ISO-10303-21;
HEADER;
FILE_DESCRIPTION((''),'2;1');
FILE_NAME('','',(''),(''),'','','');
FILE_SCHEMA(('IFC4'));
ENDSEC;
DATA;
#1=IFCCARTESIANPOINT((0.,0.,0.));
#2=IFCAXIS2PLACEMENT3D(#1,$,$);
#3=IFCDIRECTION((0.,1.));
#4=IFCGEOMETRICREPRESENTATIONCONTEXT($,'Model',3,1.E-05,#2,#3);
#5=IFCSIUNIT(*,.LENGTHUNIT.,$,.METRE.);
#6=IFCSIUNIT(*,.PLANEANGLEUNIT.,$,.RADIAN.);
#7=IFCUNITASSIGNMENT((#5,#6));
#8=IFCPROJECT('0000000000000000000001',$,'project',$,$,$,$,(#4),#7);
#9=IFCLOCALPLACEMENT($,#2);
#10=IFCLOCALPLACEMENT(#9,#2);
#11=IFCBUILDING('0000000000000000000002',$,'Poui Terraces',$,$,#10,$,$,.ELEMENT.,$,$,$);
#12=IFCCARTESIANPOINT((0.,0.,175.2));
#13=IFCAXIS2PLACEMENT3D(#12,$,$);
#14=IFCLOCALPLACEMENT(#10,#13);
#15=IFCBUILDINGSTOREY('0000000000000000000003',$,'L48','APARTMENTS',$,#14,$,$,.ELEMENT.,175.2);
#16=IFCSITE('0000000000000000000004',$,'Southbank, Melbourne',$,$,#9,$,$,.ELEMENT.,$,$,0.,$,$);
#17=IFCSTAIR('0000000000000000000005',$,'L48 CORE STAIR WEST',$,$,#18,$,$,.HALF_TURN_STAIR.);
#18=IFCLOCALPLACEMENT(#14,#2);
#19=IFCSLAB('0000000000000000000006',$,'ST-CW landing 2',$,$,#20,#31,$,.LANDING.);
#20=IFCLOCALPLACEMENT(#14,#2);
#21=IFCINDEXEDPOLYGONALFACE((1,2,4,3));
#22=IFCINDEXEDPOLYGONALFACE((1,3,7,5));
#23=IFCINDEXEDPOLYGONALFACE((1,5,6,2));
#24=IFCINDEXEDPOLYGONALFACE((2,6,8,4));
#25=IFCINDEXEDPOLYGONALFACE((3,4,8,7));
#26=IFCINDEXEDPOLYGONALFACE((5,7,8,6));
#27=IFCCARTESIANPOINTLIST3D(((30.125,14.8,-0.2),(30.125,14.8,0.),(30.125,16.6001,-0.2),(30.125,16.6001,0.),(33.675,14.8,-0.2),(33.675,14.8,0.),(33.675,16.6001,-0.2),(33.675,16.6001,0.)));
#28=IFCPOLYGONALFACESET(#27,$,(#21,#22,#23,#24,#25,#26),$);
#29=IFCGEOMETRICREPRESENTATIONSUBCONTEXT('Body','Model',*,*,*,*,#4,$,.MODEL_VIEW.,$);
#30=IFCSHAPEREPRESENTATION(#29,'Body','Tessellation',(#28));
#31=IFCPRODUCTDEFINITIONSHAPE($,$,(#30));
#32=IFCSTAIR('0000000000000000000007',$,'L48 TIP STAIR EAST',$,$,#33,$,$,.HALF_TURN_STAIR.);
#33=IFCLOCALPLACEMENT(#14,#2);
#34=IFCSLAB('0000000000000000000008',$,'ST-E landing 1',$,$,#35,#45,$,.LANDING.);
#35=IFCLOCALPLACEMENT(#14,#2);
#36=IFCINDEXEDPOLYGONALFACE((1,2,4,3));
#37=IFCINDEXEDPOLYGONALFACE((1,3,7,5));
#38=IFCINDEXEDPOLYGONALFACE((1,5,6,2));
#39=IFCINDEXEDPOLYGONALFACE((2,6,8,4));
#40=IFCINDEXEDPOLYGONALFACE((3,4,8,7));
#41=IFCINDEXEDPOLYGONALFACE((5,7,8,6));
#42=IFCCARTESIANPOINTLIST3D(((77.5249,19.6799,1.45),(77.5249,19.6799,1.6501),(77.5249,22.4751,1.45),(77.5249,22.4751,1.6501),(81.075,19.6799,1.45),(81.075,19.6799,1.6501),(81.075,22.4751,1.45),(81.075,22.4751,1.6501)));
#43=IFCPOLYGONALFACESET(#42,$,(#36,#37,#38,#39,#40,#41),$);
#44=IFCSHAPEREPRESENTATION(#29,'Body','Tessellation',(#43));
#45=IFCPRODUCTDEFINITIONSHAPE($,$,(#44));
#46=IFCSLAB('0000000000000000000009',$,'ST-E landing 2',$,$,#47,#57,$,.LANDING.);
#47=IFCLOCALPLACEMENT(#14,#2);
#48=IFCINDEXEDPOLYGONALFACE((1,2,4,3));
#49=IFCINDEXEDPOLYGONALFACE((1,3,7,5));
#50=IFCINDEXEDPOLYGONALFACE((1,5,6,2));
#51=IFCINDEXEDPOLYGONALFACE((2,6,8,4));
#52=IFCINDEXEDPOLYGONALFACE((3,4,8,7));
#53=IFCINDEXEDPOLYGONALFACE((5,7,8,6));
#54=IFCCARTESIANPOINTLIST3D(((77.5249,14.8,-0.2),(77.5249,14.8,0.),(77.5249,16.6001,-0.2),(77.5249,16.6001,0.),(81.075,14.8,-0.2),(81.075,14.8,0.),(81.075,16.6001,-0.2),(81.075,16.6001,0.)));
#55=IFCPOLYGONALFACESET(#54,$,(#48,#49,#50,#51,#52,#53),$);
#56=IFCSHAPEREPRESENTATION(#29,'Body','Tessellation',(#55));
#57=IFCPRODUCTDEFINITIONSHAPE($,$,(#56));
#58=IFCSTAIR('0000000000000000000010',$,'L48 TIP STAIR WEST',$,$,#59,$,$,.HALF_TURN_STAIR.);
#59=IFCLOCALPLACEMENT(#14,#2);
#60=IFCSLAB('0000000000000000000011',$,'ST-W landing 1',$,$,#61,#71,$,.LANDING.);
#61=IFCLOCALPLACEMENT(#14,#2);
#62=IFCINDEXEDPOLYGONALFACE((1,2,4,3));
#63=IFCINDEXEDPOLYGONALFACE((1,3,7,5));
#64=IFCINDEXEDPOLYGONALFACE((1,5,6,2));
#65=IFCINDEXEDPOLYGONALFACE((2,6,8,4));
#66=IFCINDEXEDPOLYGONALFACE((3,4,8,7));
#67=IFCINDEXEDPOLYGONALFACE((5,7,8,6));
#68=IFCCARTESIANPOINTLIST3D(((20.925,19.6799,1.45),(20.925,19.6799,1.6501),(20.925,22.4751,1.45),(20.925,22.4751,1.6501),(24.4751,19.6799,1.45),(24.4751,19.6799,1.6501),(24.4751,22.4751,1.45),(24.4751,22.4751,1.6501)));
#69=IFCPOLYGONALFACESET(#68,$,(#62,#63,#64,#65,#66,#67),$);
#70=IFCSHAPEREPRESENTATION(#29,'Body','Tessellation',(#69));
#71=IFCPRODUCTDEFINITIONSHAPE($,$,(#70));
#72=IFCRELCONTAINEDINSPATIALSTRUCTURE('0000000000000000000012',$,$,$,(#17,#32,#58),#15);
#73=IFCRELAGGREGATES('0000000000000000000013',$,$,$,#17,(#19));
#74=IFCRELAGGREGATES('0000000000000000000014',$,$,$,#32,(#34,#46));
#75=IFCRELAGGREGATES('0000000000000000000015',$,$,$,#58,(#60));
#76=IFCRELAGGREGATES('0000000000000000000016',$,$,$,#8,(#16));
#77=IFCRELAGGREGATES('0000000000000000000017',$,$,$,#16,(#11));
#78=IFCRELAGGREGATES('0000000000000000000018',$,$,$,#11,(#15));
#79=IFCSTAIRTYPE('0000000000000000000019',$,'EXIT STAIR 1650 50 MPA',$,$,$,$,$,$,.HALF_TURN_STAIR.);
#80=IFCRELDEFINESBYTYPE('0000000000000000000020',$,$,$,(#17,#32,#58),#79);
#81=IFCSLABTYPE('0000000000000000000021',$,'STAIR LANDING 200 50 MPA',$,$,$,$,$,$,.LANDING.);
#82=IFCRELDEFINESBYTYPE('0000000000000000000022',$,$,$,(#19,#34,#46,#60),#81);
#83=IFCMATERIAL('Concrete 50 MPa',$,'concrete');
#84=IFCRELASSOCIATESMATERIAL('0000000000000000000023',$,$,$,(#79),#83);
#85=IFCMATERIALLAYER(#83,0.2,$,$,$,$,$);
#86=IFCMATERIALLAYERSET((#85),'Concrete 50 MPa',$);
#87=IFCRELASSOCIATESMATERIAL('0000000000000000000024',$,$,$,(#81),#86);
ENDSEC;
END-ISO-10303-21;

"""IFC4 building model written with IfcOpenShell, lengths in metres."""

from ifc_helpers import new_model, si_unit, direction, frame, origin, place, context, subcontext, project, spatial, polyline, outline, extrude, material, layer, layer_set, type_object, element, aggregate, save


model = new_model("IFC4")

# Units and contexts
model_context = context("Model", 3, precision=1e-05, world=origin(), true_north=direction((0.0, 1.0)))
body_context = subcontext(model_context, "Body", "Model", "MODEL_VIEW")
ifc_project = project(units=[si_unit("LENGTHUNIT", "METRE"), si_unit("PLANEANGLEUNIT", "RADIAN")], contexts=[model_context])

# Site, building, storey
site_placement = place(None, origin())
site = spatial("IfcSite", under=ifc_project, at=site_placement, Name="Southbank, Melbourne", CompositionType="ELEMENT", RefElevation=0.0)
building_placement = place(site_placement, origin())
building = spatial("IfcBuilding", under=site, at=building_placement, Name="Poui Terraces", CompositionType="ELEMENT")
storey_placement = place(building_placement, frame((0.0, 0.0, 175.2)))
storey = spatial("IfcBuildingStorey", under=building, at=storey_placement, Name="L48", Description="APARTMENTS", CompositionType="ELEMENT", Elevation=175.2)

# Stair, slab
ifc_material = material(Name="Concrete 50 MPa", Category="concrete")
stair_type = type_object("IfcStairType", Name="EXIT STAIR 1650 50 MPA", PredefinedType="HALF_TURN_STAIR", material=ifc_material)
stair_1_placement = place(storey_placement, origin())
stair_1 = element("IfcStair", 1, at=stair_1_placement, inside=storey, type_object=stair_type, Name="L48 CORE STAIR WEST", PredefinedType="HALF_TURN_STAIR")
ifc_layer = layer(ifc_material, 0.2)
ifc_layer_set = layer_set([ifc_layer], Name="Concrete 50 MPa")
slab_type = type_object("IfcSlabType", Name="STAIR LANDING 200 50 MPA", PredefinedType="LANDING", material=ifc_layer_set)
slab_1_placement = place(storey_placement, frame((0.0, 0.0, -0.2)))
slab_1 = element("IfcSlab", 2, at=slab_1_placement, type_object=slab_type, Name="ST-CW landing 2", PredefinedType="LANDING", context=body_context, shape_type="SweptSolid", body=[
    extrude(outline(polyline([(30.125, 14.8), (33.675, 14.8), (33.675, 16.6001), (30.125, 16.6001), (30.125, 14.8)])), origin(), (0.0, 0.0, 1.0), 0.2),
])
aggregate(stair_1, [slab_1])

# Stair, slabs
stair_2_placement = place(storey_placement, origin())
stair_2 = element("IfcStair", 3, at=stair_2_placement, inside=storey, type_object=stair_type, Name="L48 TIP STAIR EAST", PredefinedType="HALF_TURN_STAIR")
slab_2_placement = place(storey_placement, frame((0.0, 0.0, 1.45)))
slab_2 = element("IfcSlab", 4, at=slab_2_placement, type_object=slab_type, Name="ST-E landing 1", PredefinedType="LANDING", context=body_context, shape_type="SweptSolid", body=[
    extrude(outline(polyline([(77.5249, 19.6799), (81.075, 19.6799), (81.075, 22.4751), (77.5249, 22.4751), (77.5249, 19.6799)])), origin(), (0.0, 0.0, 1.0), 0.2002),
])
slab_3_placement = place(storey_placement, frame((0.0, 0.0, -0.2)))
slab_3 = element("IfcSlab", 5, at=slab_3_placement, type_object=slab_type, Name="ST-E landing 2", PredefinedType="LANDING", context=body_context, shape_type="SweptSolid", body=[
    extrude(outline(polyline([(77.5249, 14.8), (81.075, 14.8), (81.075, 16.6001), (77.5249, 16.6001), (77.5249, 14.8)])), origin(), (0.0, 0.0, 1.0), 0.2),
])
aggregate(stair_2, [slab_2, slab_3])

# Stair, slab
stair_3_placement = place(storey_placement, origin())
stair_3 = element("IfcStair", 6, at=stair_3_placement, inside=storey, type_object=stair_type, Name="L48 TIP STAIR WEST", PredefinedType="HALF_TURN_STAIR")
slab_4_placement = place(storey_placement, frame((0.0, 0.0, 1.45)))
slab_4 = element("IfcSlab", 7, at=slab_4_placement, type_object=slab_type, Name="ST-W landing 1", PredefinedType="LANDING", context=body_context, shape_type="SweptSolid", body=[
    extrude(outline(polyline([(20.925, 19.6799), (24.4751, 19.6799), (24.4751, 22.4751), (20.925, 22.4751), (20.925, 19.6799)])), origin(), (0.0, 0.0, 1.0), 0.2002),
])
aggregate(stair_3, [slab_4])

save(model, "model.ifc")
